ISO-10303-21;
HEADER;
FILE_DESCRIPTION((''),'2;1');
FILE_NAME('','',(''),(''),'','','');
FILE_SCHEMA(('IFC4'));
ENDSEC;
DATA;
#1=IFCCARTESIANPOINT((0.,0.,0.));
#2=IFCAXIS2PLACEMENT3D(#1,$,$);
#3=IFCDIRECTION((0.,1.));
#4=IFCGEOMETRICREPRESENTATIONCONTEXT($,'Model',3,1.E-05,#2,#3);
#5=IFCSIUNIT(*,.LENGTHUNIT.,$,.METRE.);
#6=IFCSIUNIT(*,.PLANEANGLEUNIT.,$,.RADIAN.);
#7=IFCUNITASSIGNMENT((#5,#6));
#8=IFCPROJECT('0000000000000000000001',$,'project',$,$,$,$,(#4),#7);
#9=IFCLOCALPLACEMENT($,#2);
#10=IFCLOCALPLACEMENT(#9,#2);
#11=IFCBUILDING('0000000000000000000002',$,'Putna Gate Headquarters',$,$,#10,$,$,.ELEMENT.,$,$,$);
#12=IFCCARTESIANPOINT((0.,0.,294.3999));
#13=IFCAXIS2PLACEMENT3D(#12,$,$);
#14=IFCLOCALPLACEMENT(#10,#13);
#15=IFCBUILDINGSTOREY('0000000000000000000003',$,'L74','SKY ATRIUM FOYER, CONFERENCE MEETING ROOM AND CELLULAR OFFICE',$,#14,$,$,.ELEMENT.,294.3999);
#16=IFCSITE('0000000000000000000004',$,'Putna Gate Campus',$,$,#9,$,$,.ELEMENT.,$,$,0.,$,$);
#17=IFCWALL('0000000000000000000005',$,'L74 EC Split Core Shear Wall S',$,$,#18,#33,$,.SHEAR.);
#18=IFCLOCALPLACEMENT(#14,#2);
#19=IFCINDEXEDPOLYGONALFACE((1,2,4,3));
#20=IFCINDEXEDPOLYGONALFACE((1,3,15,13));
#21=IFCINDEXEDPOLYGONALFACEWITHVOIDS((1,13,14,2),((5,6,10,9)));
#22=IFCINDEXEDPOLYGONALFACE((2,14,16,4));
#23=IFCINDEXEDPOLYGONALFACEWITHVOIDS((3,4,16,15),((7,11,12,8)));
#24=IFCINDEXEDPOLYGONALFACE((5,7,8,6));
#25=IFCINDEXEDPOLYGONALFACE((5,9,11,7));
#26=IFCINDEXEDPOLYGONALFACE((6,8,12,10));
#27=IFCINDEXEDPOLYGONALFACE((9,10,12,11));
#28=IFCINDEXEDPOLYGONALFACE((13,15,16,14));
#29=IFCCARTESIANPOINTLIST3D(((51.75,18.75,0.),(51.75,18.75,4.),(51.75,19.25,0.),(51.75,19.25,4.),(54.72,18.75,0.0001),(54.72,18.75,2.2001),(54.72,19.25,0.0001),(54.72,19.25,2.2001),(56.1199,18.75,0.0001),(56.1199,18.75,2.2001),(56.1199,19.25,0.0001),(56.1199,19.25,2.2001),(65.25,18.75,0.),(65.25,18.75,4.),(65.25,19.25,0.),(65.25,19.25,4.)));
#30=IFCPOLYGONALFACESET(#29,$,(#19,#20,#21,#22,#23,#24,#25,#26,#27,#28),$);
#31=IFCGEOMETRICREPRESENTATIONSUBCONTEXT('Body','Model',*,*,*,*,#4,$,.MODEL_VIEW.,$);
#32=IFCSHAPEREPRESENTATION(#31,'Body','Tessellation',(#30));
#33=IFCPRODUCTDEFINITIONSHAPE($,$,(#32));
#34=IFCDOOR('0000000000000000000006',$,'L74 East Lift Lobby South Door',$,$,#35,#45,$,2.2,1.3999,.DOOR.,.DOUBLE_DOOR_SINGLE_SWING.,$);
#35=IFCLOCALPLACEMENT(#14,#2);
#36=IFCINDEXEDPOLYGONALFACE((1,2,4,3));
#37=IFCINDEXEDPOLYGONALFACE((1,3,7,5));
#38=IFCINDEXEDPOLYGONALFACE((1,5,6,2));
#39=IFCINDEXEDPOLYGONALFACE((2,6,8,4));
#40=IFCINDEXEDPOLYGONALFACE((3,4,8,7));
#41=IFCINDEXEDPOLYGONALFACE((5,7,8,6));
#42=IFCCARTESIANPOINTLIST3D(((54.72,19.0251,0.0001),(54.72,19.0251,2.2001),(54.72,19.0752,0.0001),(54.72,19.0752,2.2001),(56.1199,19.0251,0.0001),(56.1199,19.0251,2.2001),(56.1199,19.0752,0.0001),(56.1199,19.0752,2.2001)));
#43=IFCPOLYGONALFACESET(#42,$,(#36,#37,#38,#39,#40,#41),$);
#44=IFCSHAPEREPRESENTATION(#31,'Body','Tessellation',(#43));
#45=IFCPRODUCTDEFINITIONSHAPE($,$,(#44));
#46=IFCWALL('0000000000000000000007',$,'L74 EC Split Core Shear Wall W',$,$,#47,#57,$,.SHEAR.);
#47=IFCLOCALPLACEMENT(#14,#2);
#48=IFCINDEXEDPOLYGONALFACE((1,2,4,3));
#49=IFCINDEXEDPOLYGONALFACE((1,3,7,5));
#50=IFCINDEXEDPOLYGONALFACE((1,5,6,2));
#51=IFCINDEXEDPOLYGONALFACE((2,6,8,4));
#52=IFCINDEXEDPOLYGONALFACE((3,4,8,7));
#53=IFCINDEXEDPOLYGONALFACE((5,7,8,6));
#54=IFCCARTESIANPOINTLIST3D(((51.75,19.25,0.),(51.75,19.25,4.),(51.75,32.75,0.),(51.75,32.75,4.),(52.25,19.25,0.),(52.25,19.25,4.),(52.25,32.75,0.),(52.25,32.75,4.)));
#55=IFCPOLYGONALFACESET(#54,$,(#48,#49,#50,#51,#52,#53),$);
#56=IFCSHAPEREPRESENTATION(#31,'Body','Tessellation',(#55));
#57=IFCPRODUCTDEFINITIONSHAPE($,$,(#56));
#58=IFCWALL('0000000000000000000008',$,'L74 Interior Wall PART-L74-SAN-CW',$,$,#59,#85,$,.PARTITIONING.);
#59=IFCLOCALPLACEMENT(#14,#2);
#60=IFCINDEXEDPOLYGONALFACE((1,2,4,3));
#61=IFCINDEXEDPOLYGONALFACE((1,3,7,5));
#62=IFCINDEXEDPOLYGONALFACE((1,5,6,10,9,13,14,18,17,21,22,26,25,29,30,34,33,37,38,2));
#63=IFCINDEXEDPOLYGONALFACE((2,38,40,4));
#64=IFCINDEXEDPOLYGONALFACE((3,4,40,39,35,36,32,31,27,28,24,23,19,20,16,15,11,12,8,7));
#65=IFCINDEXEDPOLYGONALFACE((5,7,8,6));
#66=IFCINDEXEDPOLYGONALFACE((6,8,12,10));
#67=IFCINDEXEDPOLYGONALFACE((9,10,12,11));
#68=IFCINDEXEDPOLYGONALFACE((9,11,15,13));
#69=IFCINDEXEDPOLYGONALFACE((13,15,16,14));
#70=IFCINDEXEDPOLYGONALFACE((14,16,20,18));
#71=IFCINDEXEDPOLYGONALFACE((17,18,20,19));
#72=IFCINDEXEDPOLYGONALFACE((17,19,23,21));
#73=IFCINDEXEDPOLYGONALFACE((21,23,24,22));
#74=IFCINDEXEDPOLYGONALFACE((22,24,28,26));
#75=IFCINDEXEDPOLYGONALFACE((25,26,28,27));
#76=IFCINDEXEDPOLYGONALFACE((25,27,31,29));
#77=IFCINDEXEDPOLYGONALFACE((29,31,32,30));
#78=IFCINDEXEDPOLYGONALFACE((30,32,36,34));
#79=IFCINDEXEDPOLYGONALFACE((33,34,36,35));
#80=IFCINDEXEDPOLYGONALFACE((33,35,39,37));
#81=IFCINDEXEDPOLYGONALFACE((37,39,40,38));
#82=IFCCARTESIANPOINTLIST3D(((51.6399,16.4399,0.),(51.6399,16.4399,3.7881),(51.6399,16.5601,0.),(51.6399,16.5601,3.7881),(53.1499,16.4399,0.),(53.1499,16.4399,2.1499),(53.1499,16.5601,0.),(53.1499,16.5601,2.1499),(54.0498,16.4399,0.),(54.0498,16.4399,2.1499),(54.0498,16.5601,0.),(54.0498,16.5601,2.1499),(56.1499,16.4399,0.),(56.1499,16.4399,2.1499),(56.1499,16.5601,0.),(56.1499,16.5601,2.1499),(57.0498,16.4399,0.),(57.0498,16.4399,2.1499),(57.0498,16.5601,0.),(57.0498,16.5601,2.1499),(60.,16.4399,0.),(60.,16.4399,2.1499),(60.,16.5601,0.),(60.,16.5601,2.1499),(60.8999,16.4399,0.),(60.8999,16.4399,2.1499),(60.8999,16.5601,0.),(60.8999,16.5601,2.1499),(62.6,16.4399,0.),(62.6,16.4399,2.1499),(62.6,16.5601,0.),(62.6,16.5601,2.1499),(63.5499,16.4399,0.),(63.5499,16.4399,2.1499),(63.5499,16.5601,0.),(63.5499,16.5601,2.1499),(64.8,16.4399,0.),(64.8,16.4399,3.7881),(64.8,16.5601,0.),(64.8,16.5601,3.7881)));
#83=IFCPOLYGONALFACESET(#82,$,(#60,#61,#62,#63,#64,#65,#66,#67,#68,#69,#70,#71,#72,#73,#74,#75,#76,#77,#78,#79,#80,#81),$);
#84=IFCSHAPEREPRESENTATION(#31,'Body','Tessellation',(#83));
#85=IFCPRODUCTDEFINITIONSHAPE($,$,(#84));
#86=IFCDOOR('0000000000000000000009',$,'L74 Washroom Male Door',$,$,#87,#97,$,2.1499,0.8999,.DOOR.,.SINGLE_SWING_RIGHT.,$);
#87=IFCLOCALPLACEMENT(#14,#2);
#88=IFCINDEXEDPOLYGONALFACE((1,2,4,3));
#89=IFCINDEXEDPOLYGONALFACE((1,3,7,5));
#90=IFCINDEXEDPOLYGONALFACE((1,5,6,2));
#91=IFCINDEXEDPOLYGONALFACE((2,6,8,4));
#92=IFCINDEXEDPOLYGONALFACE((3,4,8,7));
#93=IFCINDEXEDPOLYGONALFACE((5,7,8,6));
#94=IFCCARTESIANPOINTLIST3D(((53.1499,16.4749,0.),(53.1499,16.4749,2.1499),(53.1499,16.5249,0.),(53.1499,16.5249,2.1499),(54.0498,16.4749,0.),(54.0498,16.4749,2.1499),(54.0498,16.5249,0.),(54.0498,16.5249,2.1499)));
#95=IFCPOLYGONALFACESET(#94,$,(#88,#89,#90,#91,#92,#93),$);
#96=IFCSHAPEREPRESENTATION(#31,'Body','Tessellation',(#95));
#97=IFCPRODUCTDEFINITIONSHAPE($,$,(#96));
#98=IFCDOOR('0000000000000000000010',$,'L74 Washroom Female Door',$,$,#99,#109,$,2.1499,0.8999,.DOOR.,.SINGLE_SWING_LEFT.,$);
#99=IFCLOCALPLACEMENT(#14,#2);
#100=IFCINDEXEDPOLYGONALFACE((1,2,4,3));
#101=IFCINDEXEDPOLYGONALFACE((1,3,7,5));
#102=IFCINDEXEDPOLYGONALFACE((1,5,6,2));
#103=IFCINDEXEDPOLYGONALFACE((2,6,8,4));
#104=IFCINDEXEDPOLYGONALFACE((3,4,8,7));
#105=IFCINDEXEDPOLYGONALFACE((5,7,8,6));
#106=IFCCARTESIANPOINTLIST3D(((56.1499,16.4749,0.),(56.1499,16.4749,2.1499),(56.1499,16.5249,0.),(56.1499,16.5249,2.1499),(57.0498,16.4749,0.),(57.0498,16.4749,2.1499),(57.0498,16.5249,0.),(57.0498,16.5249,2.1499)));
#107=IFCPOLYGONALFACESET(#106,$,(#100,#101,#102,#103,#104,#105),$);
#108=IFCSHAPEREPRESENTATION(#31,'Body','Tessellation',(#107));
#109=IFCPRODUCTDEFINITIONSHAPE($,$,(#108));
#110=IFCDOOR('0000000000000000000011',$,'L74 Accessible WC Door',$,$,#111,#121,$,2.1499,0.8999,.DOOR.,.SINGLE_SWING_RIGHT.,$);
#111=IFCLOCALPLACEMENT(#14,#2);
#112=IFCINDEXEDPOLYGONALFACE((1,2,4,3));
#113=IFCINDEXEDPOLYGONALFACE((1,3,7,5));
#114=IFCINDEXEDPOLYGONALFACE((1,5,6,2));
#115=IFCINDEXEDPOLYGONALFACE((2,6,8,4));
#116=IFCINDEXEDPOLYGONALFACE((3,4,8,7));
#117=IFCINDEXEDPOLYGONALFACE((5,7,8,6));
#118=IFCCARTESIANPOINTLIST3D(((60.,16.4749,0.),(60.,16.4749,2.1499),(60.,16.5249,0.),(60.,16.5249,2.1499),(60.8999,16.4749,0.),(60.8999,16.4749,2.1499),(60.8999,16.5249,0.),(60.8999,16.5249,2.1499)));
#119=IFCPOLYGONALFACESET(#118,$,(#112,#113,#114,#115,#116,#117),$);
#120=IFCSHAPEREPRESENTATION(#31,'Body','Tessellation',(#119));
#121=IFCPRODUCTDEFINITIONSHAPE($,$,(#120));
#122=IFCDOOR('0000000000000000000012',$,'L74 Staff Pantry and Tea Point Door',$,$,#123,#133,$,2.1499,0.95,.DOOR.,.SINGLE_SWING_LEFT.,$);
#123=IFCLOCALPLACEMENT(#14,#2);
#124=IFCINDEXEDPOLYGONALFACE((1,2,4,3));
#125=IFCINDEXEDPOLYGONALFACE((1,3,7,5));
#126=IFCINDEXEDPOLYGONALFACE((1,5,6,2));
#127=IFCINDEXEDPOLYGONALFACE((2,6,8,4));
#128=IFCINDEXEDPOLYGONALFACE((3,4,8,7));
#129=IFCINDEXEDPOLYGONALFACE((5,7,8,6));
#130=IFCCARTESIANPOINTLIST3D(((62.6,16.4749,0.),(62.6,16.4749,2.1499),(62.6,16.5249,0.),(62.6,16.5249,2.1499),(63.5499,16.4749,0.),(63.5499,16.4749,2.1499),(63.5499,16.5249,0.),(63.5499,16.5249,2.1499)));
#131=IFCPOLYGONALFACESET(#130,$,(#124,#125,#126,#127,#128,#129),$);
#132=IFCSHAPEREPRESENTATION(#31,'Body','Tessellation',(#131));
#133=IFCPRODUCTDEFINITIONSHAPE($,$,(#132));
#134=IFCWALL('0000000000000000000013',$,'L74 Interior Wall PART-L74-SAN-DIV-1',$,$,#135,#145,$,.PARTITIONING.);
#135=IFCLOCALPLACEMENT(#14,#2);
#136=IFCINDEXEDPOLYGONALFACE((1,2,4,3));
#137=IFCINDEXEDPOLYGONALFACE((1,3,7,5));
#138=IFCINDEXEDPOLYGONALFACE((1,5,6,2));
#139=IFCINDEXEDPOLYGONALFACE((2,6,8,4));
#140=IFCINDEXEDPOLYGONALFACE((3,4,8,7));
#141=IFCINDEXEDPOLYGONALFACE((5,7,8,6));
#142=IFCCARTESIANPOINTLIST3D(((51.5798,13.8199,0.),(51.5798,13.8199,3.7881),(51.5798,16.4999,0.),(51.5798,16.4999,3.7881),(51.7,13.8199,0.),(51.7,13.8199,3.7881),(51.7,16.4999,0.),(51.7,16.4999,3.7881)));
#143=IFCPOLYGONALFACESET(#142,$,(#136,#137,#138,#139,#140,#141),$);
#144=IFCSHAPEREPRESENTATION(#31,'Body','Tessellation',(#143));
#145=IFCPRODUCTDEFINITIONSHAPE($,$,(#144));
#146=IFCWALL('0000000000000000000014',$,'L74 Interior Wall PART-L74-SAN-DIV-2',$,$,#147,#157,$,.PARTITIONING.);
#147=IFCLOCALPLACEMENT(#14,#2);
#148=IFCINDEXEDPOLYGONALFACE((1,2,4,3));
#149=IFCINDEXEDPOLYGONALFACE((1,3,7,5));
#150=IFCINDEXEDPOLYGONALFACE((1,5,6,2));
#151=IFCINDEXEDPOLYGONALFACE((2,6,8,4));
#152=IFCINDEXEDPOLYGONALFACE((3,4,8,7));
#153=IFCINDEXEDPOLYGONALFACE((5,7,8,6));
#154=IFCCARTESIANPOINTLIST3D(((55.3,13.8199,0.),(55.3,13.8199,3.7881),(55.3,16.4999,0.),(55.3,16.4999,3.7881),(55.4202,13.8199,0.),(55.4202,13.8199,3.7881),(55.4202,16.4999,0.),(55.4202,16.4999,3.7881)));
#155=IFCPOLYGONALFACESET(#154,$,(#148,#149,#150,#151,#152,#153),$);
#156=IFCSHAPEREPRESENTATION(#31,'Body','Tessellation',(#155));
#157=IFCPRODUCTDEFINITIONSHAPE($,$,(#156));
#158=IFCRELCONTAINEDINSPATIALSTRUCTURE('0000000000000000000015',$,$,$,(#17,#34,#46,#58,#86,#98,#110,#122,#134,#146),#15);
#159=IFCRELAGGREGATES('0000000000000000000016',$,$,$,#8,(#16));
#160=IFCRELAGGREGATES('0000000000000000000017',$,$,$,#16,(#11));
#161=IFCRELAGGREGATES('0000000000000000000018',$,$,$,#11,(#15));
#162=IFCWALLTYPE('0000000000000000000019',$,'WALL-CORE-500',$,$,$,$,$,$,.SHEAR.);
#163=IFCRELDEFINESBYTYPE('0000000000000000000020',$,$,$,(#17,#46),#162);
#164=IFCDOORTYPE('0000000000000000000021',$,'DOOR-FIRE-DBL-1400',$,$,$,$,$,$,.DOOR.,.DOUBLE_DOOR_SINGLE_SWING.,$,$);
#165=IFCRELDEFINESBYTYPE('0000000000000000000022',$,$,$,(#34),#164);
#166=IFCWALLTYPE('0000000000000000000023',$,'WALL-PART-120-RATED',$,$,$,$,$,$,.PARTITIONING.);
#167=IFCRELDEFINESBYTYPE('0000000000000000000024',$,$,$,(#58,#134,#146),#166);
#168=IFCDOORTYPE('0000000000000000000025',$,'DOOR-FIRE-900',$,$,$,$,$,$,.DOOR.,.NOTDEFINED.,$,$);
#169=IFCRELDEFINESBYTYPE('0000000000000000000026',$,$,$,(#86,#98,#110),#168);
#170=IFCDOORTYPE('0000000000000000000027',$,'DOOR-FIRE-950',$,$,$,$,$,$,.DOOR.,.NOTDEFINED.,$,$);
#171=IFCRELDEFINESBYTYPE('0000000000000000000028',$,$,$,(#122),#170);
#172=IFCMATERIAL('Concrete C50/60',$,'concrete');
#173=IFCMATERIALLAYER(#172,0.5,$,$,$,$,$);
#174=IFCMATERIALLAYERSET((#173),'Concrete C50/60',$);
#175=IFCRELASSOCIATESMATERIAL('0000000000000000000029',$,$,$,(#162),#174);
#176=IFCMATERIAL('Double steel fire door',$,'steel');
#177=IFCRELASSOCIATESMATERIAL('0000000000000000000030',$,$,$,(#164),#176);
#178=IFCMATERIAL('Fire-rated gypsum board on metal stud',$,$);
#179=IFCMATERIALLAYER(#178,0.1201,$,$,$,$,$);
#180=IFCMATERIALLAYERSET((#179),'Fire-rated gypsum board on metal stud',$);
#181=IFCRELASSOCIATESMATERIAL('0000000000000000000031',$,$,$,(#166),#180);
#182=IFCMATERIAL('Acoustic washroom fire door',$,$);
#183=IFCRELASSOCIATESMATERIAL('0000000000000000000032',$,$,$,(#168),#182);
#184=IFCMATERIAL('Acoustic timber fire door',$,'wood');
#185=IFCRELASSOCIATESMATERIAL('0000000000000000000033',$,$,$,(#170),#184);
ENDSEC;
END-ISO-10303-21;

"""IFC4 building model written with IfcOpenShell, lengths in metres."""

from ifc_helpers import new_model, si_unit, direction, frame, frame_2d, origin, place, context, subcontext, project, spatial, rectangle, extrude, material, layer, layer_set, type_object, element, fill, save


model = new_model("IFC4")

# Units and contexts
model_context = context("Model", 3, precision=1e-05, world=origin(), true_north=direction((0.0, 1.0)))
body_context = subcontext(model_context, "Body", "Model", "MODEL_VIEW")
ifc_project = project(units=[si_unit("LENGTHUNIT", "METRE"), si_unit("PLANEANGLEUNIT", "RADIAN")], contexts=[model_context])

# Site, building, storey
site_placement = place(None, origin())
site = spatial("IfcSite", under=ifc_project, at=site_placement, Name="Putna Gate Campus", CompositionType="ELEMENT", RefElevation=0.0)
building_placement = place(site_placement, origin())
building = spatial("IfcBuilding", under=site, at=building_placement, Name="Putna Gate Headquarters", CompositionType="ELEMENT")
storey_placement = place(building_placement, frame((0.0, 0.0, 294.3999)))
storey = spatial("IfcBuildingStorey", under=building, at=storey_placement, Name="L74", Description="SKY ATRIUM FOYER, CONFERENCE MEETING ROOM AND CELLULAR OFFICE", CompositionType="ELEMENT", Elevation=294.3999)

# Wall, opening, door
ifc_material_1 = material(Name="Concrete C50/60", Category="concrete")
ifc_layer_1 = layer(ifc_material_1, 0.5)
ifc_layer_set_1 = layer_set([ifc_layer_1], Name="Concrete C50/60")
wall_type_1 = type_object("IfcWallType", Name="WALL-CORE-500", PredefinedType="SHEAR", material=ifc_layer_set_1)
wall_1_placement = place(storey_placement, frame((51.75, 19.0, 0.0), z_axis=(0.0, 0.0, 1.0), x_axis=(1.0, 0.0, 0.0)))
wall_1 = element("IfcWall", 1, at=wall_1_placement, inside=storey, type_object=wall_type_1, Name="L74 EC Split Core Shear Wall S", PredefinedType="SHEAR", context=body_context, shape_type="SweptSolid", body=[
    extrude(rectangle(XDim=13.5, YDim=0.5, at=frame_2d((6.75, 0.0))), origin(), (0.0, 0.0, 1.0), 4.0),
])
opening_1_placement = place(wall_1_placement, frame((2.97, 0.0, 0.0)))
opening_1 = element("IfcOpeningElement", 2, at=opening_1_placement, cuts=wall_1, PredefinedType="OPENING", context=body_context, shape_type="SweptSolid", body=[
    extrude(rectangle(XDim=1.3999, YDim=2.2, at=frame_2d((0.7, 1.1001))), frame((0.0, 0.26, 0.0), z_axis=(0.0, -1.0, 0.0), x_axis=(1.0, 0.0, 0.0)), (0.0, 0.0, 1.0), 0.52),
])
ifc_material_2 = material(Name="Double steel fire door", Category="steel")
door_type_1 = type_object("IfcDoorType", Name="DOOR-FIRE-DBL-1400", OperationType="DOUBLE_DOOR_SINGLE_SWING", PredefinedType="DOOR", material=ifc_material_2)
door_1_placement = place(opening_1_placement, origin())
door_1 = element("IfcDoor", 3, at=door_1_placement, inside=storey, type_object=door_type_1, Name="L74 East Lift Lobby South Door", OperationType="DOUBLE_DOOR_SINGLE_SWING", OverallHeight=2.2, OverallWidth=1.3999, PredefinedType="DOOR", context=body_context, shape_type="SweptSolid", body=[
    extrude(rectangle(XDim=1.3999, YDim=2.2, at=frame_2d((0.7, 1.1001))), frame((0.0, 0.0752, 0.0), z_axis=(0.0, -1.0, 0.0), x_axis=(1.0, 0.0, 0.0)), (0.0, 0.0, 1.0), 0.05),
])
fill(opening_1, door_1)

# Wall
wall_2_placement = place(storey_placement, frame((52.0, 19.25, 0.0), z_axis=(0.0, 0.0, 1.0), x_axis=(0.0, 1.0, 0.0)))
element("IfcWall", 4, at=wall_2_placement, inside=storey, type_object=wall_type_1, Name="L74 EC Split Core Shear Wall W", PredefinedType="SHEAR", context=body_context, shape_type="SweptSolid", body=[
    extrude(rectangle(XDim=13.5, YDim=0.5, at=frame_2d((6.75, 0.0))), origin(), (0.0, 0.0, 1.0), 4.0),
])

# Wall, openings, doors
ifc_material_3 = material(Name="Fire-rated gypsum board on metal stud")
ifc_layer_2 = layer(ifc_material_3, 0.1201)
ifc_layer_set_2 = layer_set([ifc_layer_2], Name="Fire-rated gypsum board on metal stud")
wall_type_2 = type_object("IfcWallType", Name="WALL-PART-120-RATED", PredefinedType="PARTITIONING", material=ifc_layer_set_2)
wall_3_placement = place(storey_placement, frame((51.6399, 16.5, 0.0), z_axis=(0.0, 0.0, 1.0), x_axis=(1.0, 0.0, 0.0)))
wall_3 = element("IfcWall", 5, at=wall_3_placement, inside=storey, type_object=wall_type_2, Name="L74 Interior Wall PART-L74-SAN-CW", PredefinedType="PARTITIONING", context=body_context, shape_type="SweptSolid", body=[
    extrude(rectangle(XDim=13.1602, YDim=0.1201, at=frame_2d((6.5801, 0.0))), origin(), (0.0, 0.0, 1.0), 3.7881),
])
opening_2_placement = place(wall_3_placement, frame((1.51, 0.0, 0.0)))
opening_2 = element("IfcOpeningElement", 6, at=opening_2_placement, cuts=wall_3, PredefinedType="OPENING", context=body_context, shape_type="SweptSolid", body=[
    extrude(rectangle(XDim=0.8999, YDim=2.1499, at=frame_2d((0.45, 1.075))), frame((0.0, 0.0701, 0.0), z_axis=(0.0, -1.0, 0.0), x_axis=(1.0, 0.0, 0.0)), (0.0, 0.0, 1.0), 0.1401),
])
opening_3_placement = place(wall_3_placement, frame((4.51, 0.0, 0.0)))
opening_3 = element("IfcOpeningElement", 7, at=opening_3_placement, cuts=wall_3, PredefinedType="OPENING", context=body_context, shape_type="SweptSolid", body=[
    extrude(rectangle(XDim=0.8999, YDim=2.1499, at=frame_2d((0.45, 1.075))), frame((0.0, 0.0701, 0.0), z_axis=(0.0, -1.0, 0.0), x_axis=(1.0, 0.0, 0.0)), (0.0, 0.0, 1.0), 0.1401),
])
opening_4_placement = place(wall_3_placement, frame((8.3601, 0.0, 0.0)))
opening_4 = element("IfcOpeningElement", 8, at=opening_4_placement, cuts=wall_3, PredefinedType="OPENING", context=body_context, shape_type="SweptSolid", body=[
    extrude(rectangle(XDim=0.8999, YDim=2.1499, at=frame_2d((0.45, 1.075))), frame((0.0, 0.0701, 0.0), z_axis=(0.0, -1.0, 0.0), x_axis=(1.0, 0.0, 0.0)), (0.0, 0.0, 1.0), 0.1401),
])
opening_5_placement = place(wall_3_placement, frame((10.96, 0.0, 0.0)))
opening_5 = element("IfcOpeningElement", 9, at=opening_5_placement, cuts=wall_3, PredefinedType="OPENING", context=body_context, shape_type="SweptSolid", body=[
    extrude(rectangle(XDim=0.95, YDim=2.1499, at=frame_2d((0.4751, 1.075))), frame((0.0, 0.0701, 0.0), z_axis=(0.0, -1.0, 0.0), x_axis=(1.0, 0.0, 0.0)), (0.0, 0.0, 1.0), 0.1401),
])
ifc_material_4 = material(Name="Acoustic washroom fire door")
door_type_2 = type_object("IfcDoorType", Name="DOOR-FIRE-900", OperationType="NOTDEFINED", PredefinedType="DOOR", material=ifc_material_4)
door_2_placement = place(opening_2_placement, origin())
door_2 = element("IfcDoor", 10, at=door_2_placement, inside=storey, type_object=door_type_2, Name="L74 Washroom Male Door", OperationType="SINGLE_SWING_RIGHT", OverallHeight=2.1499, OverallWidth=0.8999, PredefinedType="DOOR", context=body_context, shape_type="SweptSolid", body=[
    extrude(rectangle(XDim=0.8999, YDim=2.1499, at=frame_2d((0.45, 1.075))), frame((0.0, 0.0249, 0.0), z_axis=(0.0, -1.0, 0.0), x_axis=(1.0, 0.0, 0.0)), (0.0, 0.0, 1.0), 0.05),
])
fill(opening_2, door_2)
door_3_placement = place(opening_3_placement, origin())
door_3 = element("IfcDoor", 11, at=door_3_placement, inside=storey, type_object=door_type_2, Name="L74 Washroom Female Door", OperationType="SINGLE_SWING_LEFT", OverallHeight=2.1499, OverallWidth=0.8999, PredefinedType="DOOR", context=body_context, shape_type="SweptSolid", body=[
    extrude(rectangle(XDim=0.8999, YDim=2.1499, at=frame_2d((0.45, 1.075))), frame((0.0, 0.0249, 0.0), z_axis=(0.0, -1.0, 0.0), x_axis=(1.0, 0.0, 0.0)), (0.0, 0.0, 1.0), 0.05),
])
fill(opening_3, door_3)
door_4_placement = place(opening_4_placement, origin())
door_4 = element("IfcDoor", 12, at=door_4_placement, inside=storey, type_object=door_type_2, Name="L74 Accessible WC Door", OperationType="SINGLE_SWING_RIGHT", OverallHeight=2.1499, OverallWidth=0.8999, PredefinedType="DOOR", context=body_context, shape_type="SweptSolid", body=[
    extrude(rectangle(XDim=0.8999, YDim=2.1499, at=frame_2d((0.45, 1.075))), frame((0.0, 0.0249, 0.0), z_axis=(0.0, -1.0, 0.0), x_axis=(1.0, 0.0, 0.0)), (0.0, 0.0, 1.0), 0.05),
])
fill(opening_4, door_4)
ifc_material_5 = material(Name="Acoustic timber fire door", Category="wood")
door_type_3 = type_object("IfcDoorType", Name="DOOR-FIRE-950", OperationType="NOTDEFINED", PredefinedType="DOOR", material=ifc_material_5)
door_5_placement = place(opening_5_placement, origin())
door_5 = element("IfcDoor", 13, at=door_5_placement, inside=storey, type_object=door_type_3, Name="L74 Staff Pantry and Tea Point Door", OperationType="SINGLE_SWING_LEFT", OverallHeight=2.1499, OverallWidth=0.95, PredefinedType="DOOR", context=body_context, shape_type="SweptSolid", body=[
    extrude(rectangle(XDim=0.95, YDim=2.1499, at=frame_2d((0.4751, 1.075))), frame((0.0, 0.0249, 0.0), z_axis=(0.0, -1.0, 0.0), x_axis=(1.0, 0.0, 0.0)), (0.0, 0.0, 1.0), 0.05),
])
fill(opening_5, door_5)

# Walls
for number, where, z_axis, x_axis, name in (
    (14, (51.6399, 13.8201, 0.0), (0.0, 0.0, 1.0), (0.0, 1.0, 0.0), "L74 Interior Wall PART-L74-SAN-DIV-1"),
    (15, (55.3601, 13.8201, 0.0), (0.0, 0.0, 1.0), (0.0, 1.0, 0.0), "L74 Interior Wall PART-L74-SAN-DIV-2"),
):
    element("IfcWall", number, at=place(storey_placement, frame(where, z_axis=z_axis, x_axis=x_axis)), inside=storey, type_object=wall_type_2, Name=name, PredefinedType="PARTITIONING", context=body_context, shape_type="SweptSolid", body=[
        extrude(rectangle(XDim=2.6799, YDim=0.1201, at=frame_2d((1.3398, 0.0))), origin(), (0.0, 0.0, 1.0), 3.7881),
    ])

save(model, "model.ifc")
